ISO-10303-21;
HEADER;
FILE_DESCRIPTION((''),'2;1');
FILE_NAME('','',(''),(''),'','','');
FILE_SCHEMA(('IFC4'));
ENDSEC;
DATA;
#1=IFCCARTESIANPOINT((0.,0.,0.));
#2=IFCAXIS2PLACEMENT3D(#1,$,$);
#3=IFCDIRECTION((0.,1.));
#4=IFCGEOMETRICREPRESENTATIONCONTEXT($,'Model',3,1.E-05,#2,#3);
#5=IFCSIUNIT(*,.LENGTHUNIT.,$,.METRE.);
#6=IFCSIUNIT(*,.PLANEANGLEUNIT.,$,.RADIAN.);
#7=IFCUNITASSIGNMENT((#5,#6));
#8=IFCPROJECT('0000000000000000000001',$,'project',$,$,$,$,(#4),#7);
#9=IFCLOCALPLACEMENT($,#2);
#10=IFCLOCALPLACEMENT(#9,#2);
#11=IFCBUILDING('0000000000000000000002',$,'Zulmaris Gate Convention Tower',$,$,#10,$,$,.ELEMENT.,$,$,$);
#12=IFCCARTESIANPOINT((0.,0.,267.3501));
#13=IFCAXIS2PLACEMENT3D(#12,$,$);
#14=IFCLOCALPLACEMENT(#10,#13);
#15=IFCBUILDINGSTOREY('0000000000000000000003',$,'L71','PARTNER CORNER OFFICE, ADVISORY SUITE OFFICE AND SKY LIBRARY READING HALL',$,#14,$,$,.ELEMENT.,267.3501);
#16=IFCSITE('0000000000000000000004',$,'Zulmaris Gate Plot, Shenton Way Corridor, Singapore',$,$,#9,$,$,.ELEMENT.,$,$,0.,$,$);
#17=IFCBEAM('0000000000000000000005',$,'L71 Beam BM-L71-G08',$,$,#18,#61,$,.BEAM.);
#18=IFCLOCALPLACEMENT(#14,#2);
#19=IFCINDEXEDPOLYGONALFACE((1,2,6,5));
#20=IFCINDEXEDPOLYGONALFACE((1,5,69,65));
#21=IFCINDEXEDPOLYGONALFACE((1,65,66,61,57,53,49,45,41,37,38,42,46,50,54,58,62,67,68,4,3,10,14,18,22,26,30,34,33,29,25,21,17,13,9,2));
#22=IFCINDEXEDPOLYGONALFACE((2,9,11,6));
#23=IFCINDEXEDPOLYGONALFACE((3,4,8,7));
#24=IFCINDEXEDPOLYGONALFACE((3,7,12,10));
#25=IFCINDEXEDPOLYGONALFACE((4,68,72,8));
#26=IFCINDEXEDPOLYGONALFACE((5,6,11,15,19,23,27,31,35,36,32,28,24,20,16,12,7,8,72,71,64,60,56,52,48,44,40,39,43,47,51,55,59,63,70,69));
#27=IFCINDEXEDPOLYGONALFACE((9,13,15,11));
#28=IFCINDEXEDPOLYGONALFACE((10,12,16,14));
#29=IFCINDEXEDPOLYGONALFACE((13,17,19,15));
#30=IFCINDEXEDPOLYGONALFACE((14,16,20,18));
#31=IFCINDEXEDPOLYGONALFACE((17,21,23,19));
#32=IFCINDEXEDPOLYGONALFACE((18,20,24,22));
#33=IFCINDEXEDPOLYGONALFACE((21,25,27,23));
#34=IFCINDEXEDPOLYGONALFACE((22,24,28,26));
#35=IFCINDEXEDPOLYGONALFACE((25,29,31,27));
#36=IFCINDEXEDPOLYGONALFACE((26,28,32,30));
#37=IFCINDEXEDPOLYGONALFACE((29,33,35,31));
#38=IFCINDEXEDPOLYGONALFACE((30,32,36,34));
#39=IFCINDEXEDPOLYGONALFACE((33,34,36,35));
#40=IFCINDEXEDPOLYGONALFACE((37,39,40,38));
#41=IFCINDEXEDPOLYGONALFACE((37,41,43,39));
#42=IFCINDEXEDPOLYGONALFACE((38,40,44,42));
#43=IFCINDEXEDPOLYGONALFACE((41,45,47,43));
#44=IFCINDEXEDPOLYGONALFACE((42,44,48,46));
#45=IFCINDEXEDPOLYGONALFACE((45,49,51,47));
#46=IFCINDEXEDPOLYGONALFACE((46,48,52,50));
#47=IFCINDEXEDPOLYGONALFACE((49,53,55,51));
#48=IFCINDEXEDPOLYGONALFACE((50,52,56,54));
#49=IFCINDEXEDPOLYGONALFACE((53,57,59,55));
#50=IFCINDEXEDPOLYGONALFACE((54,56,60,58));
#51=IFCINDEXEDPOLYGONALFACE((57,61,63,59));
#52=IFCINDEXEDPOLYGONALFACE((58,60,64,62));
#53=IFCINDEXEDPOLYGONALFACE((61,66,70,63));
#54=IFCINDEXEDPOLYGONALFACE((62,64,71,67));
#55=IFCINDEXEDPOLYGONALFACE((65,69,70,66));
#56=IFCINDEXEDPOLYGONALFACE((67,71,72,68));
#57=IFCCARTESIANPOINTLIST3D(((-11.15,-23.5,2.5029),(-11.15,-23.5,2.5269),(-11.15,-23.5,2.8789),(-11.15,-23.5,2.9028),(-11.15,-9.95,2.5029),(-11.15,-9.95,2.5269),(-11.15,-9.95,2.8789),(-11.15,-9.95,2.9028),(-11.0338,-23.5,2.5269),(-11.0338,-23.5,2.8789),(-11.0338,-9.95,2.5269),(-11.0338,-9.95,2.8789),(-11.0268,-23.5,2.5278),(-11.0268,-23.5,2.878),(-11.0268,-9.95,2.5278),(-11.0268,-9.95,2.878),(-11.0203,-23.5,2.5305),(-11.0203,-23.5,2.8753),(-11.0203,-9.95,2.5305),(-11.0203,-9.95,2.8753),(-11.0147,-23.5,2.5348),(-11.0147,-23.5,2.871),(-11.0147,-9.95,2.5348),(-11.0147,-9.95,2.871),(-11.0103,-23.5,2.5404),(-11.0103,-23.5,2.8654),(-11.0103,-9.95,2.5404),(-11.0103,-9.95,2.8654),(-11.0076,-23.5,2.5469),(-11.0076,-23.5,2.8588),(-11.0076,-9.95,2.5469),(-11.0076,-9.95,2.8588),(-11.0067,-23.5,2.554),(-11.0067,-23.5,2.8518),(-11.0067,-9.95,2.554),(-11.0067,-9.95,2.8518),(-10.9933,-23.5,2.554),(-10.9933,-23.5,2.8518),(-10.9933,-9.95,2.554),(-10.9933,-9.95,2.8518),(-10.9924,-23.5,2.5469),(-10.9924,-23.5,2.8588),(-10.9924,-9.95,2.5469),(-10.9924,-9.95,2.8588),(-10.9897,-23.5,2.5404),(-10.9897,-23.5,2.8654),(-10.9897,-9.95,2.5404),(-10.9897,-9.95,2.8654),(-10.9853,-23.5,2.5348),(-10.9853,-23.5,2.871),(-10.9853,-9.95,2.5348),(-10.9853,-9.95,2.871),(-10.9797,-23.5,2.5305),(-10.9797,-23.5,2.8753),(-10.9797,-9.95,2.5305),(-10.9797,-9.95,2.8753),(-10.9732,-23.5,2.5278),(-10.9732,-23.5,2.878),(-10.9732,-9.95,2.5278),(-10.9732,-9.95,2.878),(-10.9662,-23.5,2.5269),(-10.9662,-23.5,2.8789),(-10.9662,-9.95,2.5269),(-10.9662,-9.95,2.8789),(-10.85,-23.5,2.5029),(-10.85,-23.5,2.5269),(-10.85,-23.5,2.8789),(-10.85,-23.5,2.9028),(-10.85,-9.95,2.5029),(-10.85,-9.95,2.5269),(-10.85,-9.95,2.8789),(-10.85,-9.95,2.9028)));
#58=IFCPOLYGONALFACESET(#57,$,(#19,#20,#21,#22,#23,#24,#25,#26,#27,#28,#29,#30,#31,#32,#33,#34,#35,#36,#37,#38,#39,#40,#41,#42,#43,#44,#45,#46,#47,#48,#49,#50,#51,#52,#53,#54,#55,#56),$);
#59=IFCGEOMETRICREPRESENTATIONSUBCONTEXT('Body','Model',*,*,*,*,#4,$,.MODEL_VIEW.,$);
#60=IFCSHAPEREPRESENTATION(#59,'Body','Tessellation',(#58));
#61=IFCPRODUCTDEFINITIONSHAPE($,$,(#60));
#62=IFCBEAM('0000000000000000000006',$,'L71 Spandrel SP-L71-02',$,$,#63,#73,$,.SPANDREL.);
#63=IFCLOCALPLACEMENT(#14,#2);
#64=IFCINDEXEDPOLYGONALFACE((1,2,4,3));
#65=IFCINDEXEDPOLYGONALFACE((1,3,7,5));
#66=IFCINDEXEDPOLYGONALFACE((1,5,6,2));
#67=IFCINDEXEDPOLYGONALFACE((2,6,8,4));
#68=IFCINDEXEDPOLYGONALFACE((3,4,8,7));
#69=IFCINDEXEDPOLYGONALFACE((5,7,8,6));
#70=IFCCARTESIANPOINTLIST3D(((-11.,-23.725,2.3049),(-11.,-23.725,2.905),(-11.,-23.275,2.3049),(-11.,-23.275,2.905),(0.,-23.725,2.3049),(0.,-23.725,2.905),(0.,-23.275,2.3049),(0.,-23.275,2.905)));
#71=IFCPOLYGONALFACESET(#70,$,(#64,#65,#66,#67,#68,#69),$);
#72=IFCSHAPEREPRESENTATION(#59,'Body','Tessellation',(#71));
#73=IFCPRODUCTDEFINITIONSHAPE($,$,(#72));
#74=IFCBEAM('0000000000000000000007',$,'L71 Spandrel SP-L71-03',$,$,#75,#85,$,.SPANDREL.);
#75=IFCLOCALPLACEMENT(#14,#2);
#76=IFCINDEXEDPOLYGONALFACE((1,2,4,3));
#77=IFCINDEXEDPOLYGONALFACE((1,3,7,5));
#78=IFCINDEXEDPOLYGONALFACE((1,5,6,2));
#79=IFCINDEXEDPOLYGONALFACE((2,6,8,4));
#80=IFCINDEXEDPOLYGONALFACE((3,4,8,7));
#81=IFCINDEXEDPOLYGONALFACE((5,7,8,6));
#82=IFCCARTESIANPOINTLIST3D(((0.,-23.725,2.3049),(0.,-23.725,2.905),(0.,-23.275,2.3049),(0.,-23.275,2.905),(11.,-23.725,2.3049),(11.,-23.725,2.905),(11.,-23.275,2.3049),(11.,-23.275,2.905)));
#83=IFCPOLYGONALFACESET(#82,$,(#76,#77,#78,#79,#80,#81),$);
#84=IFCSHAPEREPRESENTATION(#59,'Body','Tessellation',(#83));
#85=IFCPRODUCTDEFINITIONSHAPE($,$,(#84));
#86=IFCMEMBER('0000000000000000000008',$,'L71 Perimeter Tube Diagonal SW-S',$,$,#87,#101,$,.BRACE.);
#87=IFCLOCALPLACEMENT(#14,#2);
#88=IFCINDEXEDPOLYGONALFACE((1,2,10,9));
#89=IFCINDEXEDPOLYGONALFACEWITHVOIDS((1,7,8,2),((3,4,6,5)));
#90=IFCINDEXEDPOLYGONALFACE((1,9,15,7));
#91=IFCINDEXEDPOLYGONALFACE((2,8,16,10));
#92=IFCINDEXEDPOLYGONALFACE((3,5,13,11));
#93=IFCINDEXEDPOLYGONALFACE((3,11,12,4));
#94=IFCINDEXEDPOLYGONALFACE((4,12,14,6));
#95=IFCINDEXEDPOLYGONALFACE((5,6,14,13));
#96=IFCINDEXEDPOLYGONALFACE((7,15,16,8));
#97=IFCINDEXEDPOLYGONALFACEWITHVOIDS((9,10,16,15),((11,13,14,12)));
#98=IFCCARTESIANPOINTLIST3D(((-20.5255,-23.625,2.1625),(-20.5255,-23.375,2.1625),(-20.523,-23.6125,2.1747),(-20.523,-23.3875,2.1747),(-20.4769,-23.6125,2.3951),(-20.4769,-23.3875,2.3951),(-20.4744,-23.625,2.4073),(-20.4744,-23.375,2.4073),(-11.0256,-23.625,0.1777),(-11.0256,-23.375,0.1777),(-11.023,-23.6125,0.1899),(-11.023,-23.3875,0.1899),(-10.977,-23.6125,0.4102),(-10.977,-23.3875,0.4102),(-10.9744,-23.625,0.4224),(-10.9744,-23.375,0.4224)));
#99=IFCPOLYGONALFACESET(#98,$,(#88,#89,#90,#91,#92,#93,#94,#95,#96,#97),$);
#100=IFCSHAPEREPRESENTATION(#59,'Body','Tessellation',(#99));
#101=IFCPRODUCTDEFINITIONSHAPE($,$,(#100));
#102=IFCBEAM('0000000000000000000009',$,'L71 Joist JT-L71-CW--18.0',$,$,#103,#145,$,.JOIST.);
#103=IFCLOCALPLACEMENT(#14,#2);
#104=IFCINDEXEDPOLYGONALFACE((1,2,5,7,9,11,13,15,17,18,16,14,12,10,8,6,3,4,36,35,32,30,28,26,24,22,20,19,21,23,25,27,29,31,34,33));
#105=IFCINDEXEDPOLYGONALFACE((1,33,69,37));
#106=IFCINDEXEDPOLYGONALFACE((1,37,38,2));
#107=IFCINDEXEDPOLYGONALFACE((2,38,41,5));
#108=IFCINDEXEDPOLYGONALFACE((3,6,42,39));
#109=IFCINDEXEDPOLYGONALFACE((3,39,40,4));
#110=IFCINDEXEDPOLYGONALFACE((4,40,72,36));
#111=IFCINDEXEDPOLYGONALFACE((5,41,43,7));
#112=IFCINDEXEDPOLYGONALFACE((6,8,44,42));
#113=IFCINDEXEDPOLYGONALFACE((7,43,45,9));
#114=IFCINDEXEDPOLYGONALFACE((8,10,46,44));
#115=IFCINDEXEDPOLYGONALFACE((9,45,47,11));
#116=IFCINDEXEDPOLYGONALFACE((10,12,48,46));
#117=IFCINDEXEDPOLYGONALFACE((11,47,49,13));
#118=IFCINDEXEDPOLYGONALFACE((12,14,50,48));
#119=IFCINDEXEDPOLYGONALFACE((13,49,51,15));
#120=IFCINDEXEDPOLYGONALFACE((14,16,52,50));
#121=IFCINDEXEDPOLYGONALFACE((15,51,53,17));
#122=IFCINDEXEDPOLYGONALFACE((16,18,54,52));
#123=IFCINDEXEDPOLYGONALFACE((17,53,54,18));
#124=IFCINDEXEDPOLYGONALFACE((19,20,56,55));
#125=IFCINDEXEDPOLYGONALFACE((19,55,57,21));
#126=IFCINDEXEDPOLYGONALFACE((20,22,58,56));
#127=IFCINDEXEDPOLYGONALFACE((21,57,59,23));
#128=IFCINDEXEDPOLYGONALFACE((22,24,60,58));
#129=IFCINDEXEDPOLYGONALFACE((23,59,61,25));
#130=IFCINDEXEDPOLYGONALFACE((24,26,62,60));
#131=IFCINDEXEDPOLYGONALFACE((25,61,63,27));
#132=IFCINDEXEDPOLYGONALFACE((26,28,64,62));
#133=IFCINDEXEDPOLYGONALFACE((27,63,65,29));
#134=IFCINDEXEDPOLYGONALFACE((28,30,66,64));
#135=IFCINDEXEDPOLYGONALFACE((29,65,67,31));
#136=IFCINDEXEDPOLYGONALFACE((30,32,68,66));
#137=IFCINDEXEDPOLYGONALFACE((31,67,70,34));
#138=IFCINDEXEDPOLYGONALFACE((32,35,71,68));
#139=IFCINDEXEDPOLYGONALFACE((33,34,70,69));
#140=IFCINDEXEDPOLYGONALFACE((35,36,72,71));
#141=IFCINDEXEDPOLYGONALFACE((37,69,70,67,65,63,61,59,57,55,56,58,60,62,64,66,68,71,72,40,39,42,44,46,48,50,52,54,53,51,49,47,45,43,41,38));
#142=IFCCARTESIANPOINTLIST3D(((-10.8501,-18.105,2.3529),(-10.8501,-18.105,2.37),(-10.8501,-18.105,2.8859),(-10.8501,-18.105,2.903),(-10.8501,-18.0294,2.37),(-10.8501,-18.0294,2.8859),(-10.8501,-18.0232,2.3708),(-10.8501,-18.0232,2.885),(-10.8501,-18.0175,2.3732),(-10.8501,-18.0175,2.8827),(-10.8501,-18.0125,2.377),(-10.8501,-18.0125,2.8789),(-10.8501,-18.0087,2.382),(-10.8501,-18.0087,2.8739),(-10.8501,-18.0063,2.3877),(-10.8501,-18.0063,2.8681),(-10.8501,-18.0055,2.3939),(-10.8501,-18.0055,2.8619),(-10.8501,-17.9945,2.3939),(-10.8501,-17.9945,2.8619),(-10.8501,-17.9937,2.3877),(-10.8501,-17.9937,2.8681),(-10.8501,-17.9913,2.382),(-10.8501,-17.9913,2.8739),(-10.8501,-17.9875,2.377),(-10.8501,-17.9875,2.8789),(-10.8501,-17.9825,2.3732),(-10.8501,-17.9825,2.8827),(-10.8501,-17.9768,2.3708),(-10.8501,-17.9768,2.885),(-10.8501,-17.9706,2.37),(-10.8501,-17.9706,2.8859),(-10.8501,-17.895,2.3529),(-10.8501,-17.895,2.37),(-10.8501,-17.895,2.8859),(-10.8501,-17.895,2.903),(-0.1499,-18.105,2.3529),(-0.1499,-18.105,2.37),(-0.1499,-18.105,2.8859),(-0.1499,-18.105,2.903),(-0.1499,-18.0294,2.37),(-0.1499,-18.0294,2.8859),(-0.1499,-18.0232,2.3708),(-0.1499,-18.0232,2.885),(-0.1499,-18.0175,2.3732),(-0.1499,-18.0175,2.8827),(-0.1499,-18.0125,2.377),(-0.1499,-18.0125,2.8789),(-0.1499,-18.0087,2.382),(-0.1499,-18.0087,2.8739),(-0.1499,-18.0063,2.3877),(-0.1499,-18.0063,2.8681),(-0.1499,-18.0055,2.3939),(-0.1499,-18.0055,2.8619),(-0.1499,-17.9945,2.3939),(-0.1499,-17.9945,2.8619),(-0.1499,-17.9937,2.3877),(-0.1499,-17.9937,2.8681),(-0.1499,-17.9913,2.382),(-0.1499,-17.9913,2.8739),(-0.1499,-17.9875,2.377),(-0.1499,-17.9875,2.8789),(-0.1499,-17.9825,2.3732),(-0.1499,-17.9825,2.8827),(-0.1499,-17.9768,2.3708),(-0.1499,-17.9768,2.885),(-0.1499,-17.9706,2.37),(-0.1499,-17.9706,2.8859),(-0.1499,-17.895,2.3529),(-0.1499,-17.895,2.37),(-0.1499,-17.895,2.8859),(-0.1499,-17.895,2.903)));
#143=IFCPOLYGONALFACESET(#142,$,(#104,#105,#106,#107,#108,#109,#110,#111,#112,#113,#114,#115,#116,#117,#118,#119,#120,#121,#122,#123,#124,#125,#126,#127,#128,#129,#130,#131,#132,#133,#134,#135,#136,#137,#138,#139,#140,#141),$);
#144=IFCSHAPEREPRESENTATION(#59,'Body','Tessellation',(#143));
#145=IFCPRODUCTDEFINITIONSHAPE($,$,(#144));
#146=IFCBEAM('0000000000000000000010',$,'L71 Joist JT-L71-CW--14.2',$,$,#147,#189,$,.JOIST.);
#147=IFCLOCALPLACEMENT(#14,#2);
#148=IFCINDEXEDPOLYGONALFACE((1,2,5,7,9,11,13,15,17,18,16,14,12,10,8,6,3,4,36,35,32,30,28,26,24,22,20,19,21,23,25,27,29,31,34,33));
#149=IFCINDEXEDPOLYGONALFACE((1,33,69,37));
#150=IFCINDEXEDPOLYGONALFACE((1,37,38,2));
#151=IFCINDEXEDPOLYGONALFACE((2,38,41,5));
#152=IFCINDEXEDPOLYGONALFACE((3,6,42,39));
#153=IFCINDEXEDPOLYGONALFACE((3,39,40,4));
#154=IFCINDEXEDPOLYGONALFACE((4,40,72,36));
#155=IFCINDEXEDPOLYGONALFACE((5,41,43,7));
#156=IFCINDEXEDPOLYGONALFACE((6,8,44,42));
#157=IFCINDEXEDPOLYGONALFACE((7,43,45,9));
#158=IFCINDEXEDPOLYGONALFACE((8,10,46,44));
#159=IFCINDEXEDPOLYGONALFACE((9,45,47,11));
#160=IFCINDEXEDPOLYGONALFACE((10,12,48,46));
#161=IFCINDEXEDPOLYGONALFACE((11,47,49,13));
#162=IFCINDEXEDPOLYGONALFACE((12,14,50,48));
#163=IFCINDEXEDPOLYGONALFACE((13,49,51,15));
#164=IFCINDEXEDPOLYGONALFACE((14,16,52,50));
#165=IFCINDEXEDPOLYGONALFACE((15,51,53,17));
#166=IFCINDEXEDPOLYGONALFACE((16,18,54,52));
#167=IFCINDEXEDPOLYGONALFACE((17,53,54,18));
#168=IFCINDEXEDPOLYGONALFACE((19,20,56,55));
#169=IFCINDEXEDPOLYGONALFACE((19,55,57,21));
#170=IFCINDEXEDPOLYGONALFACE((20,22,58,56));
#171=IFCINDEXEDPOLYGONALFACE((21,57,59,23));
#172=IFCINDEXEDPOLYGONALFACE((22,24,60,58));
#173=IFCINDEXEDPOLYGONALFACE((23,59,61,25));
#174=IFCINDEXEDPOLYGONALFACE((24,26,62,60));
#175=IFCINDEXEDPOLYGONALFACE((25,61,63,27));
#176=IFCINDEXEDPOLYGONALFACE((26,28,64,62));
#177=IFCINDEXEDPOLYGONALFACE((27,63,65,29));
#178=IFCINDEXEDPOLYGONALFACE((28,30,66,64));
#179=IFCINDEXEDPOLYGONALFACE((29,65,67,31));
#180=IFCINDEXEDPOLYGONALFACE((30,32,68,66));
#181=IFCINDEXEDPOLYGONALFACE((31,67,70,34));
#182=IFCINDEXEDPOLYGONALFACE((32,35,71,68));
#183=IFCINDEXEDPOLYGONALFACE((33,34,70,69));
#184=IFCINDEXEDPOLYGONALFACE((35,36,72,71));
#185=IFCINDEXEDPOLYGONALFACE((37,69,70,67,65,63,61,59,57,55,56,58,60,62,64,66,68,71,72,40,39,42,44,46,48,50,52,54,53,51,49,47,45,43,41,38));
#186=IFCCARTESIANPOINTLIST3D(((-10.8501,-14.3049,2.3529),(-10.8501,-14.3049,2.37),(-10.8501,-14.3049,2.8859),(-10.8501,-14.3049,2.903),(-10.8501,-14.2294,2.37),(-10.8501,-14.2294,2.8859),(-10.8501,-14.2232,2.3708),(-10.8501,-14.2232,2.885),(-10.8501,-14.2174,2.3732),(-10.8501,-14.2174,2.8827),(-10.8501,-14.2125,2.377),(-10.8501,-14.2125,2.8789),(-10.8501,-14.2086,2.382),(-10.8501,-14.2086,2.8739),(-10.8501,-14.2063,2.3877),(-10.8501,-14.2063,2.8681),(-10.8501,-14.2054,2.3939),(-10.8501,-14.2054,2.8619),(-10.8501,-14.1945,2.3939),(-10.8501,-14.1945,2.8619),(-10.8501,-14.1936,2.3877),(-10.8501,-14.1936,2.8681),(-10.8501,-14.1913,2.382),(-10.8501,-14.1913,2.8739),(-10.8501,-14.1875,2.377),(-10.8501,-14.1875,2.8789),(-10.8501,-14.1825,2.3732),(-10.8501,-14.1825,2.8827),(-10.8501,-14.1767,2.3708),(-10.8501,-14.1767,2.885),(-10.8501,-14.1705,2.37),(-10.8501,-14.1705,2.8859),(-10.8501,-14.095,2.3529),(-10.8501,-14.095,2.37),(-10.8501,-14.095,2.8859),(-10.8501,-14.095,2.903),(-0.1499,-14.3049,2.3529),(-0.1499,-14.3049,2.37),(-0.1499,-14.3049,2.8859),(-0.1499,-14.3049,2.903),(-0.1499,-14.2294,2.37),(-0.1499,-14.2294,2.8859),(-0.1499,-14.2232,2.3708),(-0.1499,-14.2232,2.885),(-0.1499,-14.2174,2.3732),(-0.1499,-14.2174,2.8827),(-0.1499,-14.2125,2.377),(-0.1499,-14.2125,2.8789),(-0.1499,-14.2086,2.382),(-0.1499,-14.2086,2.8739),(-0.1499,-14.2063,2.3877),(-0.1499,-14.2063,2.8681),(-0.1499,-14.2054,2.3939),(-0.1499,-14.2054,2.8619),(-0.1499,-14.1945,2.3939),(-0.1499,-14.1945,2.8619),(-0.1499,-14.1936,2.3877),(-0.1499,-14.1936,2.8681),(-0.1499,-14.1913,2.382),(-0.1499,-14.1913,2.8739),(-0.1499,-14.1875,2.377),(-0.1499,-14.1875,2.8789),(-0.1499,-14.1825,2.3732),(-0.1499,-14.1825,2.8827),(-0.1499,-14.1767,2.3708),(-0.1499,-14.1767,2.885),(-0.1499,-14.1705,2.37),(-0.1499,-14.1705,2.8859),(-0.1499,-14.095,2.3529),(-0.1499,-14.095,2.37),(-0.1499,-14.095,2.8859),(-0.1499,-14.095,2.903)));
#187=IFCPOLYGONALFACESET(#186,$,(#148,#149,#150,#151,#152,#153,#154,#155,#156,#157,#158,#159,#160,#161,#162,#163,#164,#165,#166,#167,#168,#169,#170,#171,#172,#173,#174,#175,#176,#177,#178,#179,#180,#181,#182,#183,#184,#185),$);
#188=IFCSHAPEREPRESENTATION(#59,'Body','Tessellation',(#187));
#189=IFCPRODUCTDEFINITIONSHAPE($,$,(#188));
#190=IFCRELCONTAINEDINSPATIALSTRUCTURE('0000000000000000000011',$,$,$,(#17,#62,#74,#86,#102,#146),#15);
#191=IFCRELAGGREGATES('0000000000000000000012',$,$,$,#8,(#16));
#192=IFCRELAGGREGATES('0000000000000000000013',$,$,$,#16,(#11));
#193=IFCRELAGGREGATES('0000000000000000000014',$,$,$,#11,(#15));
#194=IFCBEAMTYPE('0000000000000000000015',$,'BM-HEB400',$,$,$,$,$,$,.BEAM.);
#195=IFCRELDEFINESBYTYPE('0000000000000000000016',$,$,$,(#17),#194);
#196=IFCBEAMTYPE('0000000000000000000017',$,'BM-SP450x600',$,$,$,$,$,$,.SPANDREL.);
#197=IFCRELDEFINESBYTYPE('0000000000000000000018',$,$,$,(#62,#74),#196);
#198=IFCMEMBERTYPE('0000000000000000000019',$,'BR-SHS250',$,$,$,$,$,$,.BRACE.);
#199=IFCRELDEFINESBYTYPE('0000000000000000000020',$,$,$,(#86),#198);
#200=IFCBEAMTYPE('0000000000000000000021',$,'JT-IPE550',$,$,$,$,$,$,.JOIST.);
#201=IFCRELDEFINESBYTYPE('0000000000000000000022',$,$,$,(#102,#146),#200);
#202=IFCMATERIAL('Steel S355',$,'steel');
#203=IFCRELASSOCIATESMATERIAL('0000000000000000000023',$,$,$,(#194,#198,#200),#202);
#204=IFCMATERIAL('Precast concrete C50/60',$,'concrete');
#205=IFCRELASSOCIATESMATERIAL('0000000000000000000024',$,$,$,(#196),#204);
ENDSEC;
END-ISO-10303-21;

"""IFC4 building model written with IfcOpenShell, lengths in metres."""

from ifc_helpers import new_model, si_unit, direction, frame, origin, origin_2d, place, context, subcontext, project, spatial, rectangle, hollow_rectangle, i_section, extrude, material, material_profile, profile_set, type_object, element, save


model = new_model("IFC4")

# Units and contexts
model_context = context("Model", 3, precision=1e-05, world=origin(), true_north=direction((0.0, 1.0)))
body_context = subcontext(model_context, "Body", "Model", "MODEL_VIEW")
ifc_project = project(units=[si_unit("LENGTHUNIT", "METRE"), si_unit("PLANEANGLEUNIT", "RADIAN")], contexts=[model_context])

# Site, building, storey
site_placement = place(None, origin())
site = spatial("IfcSite", under=ifc_project, at=site_placement, Name="Zulmaris Gate Plot, Shenton Way Corridor, Singapore", CompositionType="ELEMENT", RefElevation=0.0)
building_placement = place(site_placement, origin())
building = spatial("IfcBuilding", under=site, at=building_placement, Name="Zulmaris Gate Convention Tower", CompositionType="ELEMENT")
storey_placement = place(building_placement, frame((0.0, 0.0, 267.3501)))
storey = spatial("IfcBuildingStorey", under=building, at=storey_placement, Name="L71", Description="PARTNER CORNER OFFICE, ADVISORY SUITE OFFICE AND SKY LIBRARY READING HALL", CompositionType="ELEMENT", Elevation=267.3501)

# Beams
ifc_material_1 = material(Name="Steel S355", Category="steel")
ifc_material_profile_1 = material_profile(ifc_material_1, i_section(OverallWidth=0.3, OverallDepth=0.3999, WebThickness=0.0134, FlangeThickness=0.0239, FilletRadius=0.0271, at=origin_2d()), Name="HEB 400")
ifc_profile_set_1 = profile_set([ifc_material_profile_1], Name="Steel S355")
beam_type_1 = type_object("IfcBeamType", Name="BM-HEB400", PredefinedType="BEAM", material=ifc_profile_set_1)
beam_1_placement = place(storey_placement, frame((-11.0, -23.5, 2.7029), z_axis=(0.0, 1.0, 0.0), x_axis=(-1.0, 0.0, 0.0)))
element("IfcBeam", 1, at=beam_1_placement, inside=storey, type_object=beam_type_1, Name="L71 Beam BM-L71-G08", PredefinedType="BEAM", context=body_context, shape_type="SweptSolid", body=[
    extrude(i_section(OverallWidth=0.3, OverallDepth=0.3999, WebThickness=0.0134, FlangeThickness=0.0239, FilletRadius=0.0271, at=origin_2d()), origin(), (0.0, 0.0, 1.0), 13.55),
])
ifc_material_2 = material(Name="Precast concrete C50/60", Category="concrete")
ifc_material_profile_2 = material_profile(ifc_material_2, rectangle(XDim=0.45, YDim=0.6001, at=origin_2d()), Name="RC SPANDREL 450x600")
ifc_profile_set_2 = profile_set([ifc_material_profile_2], Name="Precast concrete C50/60")
beam_type_2 = type_object("IfcBeamType", Name="BM-SP450x600", PredefinedType="SPANDREL", material=ifc_profile_set_2)
for number, where, z_axis, x_axis, name in (
    (2, (-11.0, -23.5, 2.605), (1.0, 0.0, 0.0), (0.0, 1.0, 0.0), "L71 Spandrel SP-L71-02"),
    (3, (0.0, -23.5, 2.605), (1.0, 0.0, 0.0), (0.0, 1.0, 0.0), "L71 Spandrel SP-L71-03"),
):
    element("IfcBeam", number, at=place(storey_placement, frame(where, z_axis=z_axis, x_axis=x_axis)), inside=storey, type_object=beam_type_2, Name=name, PredefinedType="SPANDREL", context=body_context, shape_type="SweptSolid", body=[
        extrude(rectangle(XDim=0.45, YDim=0.6001, at=origin_2d()), origin(), (0.0, 0.0, 1.0), 11.0),
    ])

# Member
ifc_material_profile_3 = material_profile(ifc_material_1, hollow_rectangle(XDim=0.25, YDim=0.25, WallThickness=0.0125, at=origin_2d()), Name="SHS 250x250x12.5")
ifc_profile_set_3 = profile_set([ifc_material_profile_3], Name="Steel S355")
member_type = type_object("IfcMemberType", Name="BR-SHS250", PredefinedType="BRACE", material=ifc_profile_set_3)
member_placement = place(storey_placement, frame((-11.0, -23.5, 0.3), z_axis=(-0.978863, 0.0, 0.204517), x_axis=(0.0, -1.0, 0.0)))
element("IfcMember", 4, at=member_placement, inside=storey, type_object=member_type, Name="L71 Perimeter Tube Diagonal SW-S", PredefinedType="BRACE", context=body_context, shape_type="SweptSolid", body=[
    extrude(hollow_rectangle(XDim=0.25, YDim=0.25, WallThickness=0.0125, at=origin_2d()), origin(), (0.0, 0.0, 1.0), 9.7051),
])

# Beams
ifc_material_profile_4 = material_profile(ifc_material_1, i_section(OverallWidth=0.21, OverallDepth=0.55, WebThickness=0.011, FlangeThickness=0.0171, FilletRadius=0.0239, at=origin_2d()), Name="IPE 550")
ifc_profile_set_4 = profile_set([ifc_material_profile_4], Name="Steel S355")
beam_type_3 = type_object("IfcBeamType", Name="JT-IPE550", PredefinedType="JOIST", material=ifc_profile_set_4)
for number, where, z_axis, x_axis, name in (
    (5, (-10.8501, -18.0, 2.6279), (1.0, 0.0, 0.0), (0.0, 1.0, 0.0), "L71 Joist JT-L71-CW--18.0"),
    (6, (-10.8501, -14.2, 2.6279), (1.0, 0.0, 0.0), (0.0, 1.0, 0.0), "L71 Joist JT-L71-CW--14.2"),
):
    element("IfcBeam", number, at=place(storey_placement, frame(where, z_axis=z_axis, x_axis=x_axis)), inside=storey, type_object=beam_type_3, Name=name, PredefinedType="JOIST", context=body_context, shape_type="SweptSolid", body=[
        extrude(i_section(OverallWidth=0.21, OverallDepth=0.55, WebThickness=0.011, FlangeThickness=0.0171, FilletRadius=0.0239, at=origin_2d()), origin(), (0.0, 0.0, 1.0), 10.7002),
    ])

save(model, "model.ifc")
